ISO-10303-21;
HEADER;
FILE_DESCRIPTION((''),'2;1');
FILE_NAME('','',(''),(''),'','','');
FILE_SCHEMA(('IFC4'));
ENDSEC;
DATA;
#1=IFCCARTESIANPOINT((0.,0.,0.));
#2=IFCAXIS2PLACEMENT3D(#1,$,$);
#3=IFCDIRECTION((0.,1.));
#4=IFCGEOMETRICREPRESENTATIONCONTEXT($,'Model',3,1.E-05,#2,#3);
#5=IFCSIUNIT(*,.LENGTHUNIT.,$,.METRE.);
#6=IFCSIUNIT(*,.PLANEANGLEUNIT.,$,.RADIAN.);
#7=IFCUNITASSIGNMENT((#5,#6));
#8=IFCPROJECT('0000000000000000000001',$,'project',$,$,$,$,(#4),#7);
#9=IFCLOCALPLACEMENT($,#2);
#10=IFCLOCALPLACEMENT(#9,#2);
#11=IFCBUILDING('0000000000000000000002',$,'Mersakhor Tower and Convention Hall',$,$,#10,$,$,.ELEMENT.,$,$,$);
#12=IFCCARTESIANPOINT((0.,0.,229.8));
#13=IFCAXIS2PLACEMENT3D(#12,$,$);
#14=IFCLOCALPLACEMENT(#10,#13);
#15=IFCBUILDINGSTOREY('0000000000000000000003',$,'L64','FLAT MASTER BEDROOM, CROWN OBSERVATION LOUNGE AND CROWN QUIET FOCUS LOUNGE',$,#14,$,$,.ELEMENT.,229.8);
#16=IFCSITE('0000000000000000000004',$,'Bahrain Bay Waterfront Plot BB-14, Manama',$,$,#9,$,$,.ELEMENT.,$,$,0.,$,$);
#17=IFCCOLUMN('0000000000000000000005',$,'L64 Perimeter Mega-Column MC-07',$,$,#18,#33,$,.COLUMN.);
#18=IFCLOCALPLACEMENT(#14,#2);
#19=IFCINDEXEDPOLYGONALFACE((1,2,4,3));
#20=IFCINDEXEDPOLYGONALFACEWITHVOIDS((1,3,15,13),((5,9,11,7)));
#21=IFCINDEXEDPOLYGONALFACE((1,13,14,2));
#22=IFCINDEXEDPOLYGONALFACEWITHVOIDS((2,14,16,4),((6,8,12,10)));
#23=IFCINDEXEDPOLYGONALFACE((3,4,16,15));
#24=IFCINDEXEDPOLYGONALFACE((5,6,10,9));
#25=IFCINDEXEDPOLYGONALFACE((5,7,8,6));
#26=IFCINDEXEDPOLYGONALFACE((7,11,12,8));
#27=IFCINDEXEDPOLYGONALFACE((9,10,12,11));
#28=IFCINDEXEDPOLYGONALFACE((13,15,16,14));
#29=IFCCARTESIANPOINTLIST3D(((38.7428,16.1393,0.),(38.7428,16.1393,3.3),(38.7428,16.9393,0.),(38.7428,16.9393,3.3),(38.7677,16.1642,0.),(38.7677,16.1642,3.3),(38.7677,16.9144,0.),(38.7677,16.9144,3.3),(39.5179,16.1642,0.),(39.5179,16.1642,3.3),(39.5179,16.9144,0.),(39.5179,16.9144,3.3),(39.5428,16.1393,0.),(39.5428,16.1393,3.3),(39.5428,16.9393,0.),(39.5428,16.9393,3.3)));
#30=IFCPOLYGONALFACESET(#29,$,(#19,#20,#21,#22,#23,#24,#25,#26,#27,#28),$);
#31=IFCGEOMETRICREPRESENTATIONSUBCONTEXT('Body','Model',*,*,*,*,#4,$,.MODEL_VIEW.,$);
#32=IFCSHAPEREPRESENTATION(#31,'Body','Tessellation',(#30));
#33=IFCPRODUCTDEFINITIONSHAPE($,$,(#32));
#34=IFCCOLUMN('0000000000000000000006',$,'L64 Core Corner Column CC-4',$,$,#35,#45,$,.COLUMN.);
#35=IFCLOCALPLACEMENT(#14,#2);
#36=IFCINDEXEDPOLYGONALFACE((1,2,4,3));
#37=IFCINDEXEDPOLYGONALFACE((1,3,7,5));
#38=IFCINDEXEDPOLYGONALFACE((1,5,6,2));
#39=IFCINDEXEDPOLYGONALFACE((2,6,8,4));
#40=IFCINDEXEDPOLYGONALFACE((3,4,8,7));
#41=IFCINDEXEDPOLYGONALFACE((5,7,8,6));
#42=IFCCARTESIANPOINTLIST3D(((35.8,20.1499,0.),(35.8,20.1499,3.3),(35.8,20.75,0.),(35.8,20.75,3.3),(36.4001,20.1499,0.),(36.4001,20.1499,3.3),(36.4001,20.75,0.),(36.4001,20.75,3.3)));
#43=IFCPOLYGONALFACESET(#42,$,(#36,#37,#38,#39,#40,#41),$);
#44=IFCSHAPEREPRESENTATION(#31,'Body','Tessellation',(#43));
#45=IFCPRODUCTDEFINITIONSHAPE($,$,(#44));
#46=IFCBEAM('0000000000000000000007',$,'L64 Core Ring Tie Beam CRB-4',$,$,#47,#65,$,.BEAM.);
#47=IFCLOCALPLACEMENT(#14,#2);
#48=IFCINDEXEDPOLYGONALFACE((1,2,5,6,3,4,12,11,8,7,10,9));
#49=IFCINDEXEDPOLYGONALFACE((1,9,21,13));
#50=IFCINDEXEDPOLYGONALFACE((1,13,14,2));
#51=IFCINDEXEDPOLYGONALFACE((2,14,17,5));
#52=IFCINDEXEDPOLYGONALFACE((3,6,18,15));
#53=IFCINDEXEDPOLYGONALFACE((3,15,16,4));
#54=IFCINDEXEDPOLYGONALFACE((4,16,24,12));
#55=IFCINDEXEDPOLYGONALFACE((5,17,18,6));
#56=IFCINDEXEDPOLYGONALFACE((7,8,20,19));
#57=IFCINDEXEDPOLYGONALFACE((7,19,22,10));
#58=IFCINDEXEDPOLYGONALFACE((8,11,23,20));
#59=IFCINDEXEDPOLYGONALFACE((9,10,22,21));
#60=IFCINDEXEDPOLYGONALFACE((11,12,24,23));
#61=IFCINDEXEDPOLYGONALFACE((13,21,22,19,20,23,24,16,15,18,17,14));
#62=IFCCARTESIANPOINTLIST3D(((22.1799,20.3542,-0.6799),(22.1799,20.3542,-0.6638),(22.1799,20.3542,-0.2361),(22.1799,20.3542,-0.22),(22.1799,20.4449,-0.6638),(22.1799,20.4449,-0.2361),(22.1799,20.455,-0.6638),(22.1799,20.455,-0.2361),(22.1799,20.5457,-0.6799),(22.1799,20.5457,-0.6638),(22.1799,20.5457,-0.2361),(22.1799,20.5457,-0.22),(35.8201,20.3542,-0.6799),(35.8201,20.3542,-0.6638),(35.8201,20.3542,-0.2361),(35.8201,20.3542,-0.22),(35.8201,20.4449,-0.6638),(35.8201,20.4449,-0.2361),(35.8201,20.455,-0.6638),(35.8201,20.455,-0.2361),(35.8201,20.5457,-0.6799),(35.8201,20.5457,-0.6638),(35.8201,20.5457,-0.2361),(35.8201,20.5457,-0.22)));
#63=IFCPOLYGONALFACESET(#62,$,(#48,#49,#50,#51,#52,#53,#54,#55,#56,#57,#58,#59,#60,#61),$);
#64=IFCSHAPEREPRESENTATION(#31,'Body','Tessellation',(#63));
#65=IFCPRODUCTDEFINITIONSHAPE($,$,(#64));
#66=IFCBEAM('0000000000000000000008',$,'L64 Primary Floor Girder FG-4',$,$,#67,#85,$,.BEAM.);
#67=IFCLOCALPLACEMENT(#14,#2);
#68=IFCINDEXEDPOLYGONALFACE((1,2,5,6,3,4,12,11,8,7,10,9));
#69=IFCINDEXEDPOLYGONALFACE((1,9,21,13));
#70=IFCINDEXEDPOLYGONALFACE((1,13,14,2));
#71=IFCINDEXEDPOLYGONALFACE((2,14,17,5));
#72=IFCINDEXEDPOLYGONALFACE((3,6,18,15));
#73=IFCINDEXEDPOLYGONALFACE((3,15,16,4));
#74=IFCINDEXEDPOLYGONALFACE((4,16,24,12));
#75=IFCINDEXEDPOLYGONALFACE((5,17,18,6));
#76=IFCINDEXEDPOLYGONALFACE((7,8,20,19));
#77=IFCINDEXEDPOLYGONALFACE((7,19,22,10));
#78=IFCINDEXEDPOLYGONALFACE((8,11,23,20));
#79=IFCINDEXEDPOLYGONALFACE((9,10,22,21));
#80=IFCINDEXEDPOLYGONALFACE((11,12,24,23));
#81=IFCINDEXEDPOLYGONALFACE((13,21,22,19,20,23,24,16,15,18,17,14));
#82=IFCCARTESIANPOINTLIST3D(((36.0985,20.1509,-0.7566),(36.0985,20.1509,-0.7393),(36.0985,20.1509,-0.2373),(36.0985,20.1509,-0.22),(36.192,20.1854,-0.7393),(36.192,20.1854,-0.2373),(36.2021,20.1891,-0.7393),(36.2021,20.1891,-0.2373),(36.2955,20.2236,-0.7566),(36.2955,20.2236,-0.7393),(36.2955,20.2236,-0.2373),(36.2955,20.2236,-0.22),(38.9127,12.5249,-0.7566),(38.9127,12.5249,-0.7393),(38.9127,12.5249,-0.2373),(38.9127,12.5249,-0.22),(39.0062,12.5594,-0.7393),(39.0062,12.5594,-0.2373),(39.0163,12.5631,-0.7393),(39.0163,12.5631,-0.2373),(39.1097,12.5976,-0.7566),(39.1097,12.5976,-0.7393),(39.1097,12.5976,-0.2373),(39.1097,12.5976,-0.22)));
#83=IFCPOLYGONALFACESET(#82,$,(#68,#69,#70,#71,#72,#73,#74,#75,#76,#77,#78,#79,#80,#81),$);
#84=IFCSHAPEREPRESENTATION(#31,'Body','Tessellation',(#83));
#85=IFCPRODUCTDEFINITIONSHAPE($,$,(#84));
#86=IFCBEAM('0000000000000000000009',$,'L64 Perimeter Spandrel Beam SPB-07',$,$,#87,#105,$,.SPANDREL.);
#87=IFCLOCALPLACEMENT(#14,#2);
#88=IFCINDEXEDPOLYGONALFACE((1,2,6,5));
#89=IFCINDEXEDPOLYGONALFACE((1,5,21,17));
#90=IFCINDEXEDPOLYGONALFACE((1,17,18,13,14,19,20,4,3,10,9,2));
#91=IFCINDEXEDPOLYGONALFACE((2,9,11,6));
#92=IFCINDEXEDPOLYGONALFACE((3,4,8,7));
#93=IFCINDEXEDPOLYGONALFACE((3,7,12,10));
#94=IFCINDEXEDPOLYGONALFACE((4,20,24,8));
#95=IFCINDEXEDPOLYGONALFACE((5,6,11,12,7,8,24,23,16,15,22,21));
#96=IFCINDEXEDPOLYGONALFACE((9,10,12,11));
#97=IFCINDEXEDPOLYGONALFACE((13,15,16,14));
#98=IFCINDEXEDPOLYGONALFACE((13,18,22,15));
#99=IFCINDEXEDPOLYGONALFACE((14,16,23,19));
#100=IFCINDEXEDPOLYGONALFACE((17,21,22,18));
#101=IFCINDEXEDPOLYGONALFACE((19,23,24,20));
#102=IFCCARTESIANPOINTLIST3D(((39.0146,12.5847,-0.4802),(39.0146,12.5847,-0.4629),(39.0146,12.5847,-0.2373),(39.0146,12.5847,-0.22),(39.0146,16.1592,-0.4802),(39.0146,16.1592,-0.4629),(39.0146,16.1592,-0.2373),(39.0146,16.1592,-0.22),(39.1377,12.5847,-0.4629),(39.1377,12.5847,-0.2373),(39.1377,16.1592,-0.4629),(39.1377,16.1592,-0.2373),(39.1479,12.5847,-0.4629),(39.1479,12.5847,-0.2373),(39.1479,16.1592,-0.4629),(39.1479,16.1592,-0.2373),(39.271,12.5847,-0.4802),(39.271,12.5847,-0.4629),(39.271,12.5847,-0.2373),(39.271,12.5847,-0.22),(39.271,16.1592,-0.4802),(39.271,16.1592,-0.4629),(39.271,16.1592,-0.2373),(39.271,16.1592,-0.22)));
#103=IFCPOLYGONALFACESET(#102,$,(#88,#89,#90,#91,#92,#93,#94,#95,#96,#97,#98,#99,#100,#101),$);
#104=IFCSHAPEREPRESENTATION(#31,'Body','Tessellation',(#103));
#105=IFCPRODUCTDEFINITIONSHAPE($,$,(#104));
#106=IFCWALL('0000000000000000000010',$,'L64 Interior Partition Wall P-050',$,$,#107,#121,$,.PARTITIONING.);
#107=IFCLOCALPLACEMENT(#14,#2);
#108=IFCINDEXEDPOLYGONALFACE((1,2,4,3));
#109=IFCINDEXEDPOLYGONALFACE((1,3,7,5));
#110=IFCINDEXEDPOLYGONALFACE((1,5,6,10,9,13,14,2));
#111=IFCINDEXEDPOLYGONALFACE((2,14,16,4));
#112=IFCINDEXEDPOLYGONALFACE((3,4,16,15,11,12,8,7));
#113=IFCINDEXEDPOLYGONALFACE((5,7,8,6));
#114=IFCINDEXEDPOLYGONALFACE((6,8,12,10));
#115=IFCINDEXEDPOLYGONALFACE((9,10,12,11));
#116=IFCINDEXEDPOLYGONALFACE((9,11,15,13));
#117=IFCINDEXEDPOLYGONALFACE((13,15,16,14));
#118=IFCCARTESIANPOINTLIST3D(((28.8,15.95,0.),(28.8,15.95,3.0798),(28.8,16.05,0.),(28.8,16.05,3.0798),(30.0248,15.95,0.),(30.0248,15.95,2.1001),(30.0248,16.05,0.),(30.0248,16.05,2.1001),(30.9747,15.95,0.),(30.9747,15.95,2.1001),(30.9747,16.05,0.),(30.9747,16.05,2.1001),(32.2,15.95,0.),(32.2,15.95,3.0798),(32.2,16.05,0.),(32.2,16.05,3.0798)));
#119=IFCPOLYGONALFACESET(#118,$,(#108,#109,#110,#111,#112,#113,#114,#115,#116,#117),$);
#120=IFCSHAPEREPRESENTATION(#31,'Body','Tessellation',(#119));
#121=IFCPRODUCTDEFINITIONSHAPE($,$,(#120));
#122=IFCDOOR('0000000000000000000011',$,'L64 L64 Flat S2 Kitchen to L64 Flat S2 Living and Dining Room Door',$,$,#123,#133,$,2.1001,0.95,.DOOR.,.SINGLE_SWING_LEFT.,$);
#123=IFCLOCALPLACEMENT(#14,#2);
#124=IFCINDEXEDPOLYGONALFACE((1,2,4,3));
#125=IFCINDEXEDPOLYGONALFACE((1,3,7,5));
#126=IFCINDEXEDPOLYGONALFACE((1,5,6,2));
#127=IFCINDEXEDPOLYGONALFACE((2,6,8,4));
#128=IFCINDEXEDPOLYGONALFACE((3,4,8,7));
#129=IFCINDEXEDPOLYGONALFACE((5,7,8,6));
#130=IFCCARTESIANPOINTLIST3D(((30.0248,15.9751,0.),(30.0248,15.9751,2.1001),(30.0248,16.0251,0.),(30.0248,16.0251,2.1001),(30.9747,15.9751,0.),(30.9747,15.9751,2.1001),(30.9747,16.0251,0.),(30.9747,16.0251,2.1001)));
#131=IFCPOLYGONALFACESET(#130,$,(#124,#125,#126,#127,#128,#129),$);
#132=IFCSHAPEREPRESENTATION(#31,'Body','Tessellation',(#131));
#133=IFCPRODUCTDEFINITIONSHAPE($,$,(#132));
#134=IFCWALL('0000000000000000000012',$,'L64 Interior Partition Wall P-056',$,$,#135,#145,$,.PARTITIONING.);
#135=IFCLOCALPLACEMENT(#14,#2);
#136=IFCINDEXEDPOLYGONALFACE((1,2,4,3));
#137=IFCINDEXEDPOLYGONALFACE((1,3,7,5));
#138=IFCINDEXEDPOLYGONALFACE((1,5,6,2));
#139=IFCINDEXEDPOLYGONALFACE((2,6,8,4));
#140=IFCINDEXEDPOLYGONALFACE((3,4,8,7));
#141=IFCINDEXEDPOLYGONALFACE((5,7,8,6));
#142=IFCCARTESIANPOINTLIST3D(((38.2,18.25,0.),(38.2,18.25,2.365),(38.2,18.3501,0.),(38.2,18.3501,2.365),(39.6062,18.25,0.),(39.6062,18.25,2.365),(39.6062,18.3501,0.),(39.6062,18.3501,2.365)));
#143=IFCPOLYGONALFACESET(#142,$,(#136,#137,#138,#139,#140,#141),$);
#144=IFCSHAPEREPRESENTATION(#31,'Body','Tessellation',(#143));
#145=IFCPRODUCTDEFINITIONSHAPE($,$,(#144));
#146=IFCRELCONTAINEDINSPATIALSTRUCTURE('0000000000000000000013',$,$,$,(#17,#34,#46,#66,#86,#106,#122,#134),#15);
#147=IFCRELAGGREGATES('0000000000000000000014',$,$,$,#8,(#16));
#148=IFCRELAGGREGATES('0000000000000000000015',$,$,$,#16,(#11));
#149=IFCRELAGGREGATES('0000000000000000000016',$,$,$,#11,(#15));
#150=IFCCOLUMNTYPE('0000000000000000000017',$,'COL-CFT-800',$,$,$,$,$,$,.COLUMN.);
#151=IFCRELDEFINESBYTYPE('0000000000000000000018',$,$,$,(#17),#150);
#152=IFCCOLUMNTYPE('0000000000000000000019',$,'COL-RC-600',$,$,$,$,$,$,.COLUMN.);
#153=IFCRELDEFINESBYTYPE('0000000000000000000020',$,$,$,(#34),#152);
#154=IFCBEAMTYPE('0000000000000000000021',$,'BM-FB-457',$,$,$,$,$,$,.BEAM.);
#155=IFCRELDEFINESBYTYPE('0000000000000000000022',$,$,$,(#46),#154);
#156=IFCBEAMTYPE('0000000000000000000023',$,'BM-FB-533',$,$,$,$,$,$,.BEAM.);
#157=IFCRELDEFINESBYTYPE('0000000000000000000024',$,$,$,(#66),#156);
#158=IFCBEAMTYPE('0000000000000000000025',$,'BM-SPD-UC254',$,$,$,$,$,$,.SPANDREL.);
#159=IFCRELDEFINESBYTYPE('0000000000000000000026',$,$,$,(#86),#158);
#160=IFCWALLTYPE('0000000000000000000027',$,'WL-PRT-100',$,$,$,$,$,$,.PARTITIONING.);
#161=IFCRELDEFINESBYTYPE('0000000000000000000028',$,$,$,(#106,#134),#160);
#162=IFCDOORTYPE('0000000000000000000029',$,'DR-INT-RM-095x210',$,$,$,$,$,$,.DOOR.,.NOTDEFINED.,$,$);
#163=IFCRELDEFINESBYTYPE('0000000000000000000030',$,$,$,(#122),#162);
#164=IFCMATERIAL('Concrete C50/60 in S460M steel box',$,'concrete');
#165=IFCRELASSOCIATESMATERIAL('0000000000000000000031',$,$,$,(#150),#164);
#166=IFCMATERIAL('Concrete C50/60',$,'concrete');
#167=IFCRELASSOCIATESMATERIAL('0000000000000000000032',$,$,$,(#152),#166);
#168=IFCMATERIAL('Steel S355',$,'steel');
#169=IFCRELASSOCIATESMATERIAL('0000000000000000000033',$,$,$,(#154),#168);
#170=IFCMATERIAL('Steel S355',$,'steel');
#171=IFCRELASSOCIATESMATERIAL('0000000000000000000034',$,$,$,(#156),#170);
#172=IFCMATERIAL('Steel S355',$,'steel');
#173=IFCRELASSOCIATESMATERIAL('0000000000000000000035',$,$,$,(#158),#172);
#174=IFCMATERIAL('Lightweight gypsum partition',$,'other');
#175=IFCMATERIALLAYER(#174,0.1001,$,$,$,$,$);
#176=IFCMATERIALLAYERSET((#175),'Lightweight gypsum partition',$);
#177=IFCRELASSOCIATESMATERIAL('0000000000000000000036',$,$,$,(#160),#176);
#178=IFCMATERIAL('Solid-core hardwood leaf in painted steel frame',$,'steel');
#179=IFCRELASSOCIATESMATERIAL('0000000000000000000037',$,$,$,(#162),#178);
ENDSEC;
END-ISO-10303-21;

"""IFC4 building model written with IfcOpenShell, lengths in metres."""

from ifc_helpers import new_model, si_unit, direction, frame, frame_2d, origin, origin_2d, place, context, subcontext, project, spatial, rectangle, hollow_rectangle, i_section, extrude, material, layer, layer_set, material_profile, profile_set, type_object, element, fill, save


model = new_model("IFC4")

# Units and contexts
model_context = context("Model", 3, precision=1e-05, world=origin(), true_north=direction((0.0, 1.0)))
body_context = subcontext(model_context, "Body", "Model", "MODEL_VIEW")
ifc_project = project(units=[si_unit("LENGTHUNIT", "METRE"), si_unit("PLANEANGLEUNIT", "RADIAN")], contexts=[model_context])

# Site, building, storey
site_placement = place(None, origin())
site = spatial("IfcSite", under=ifc_project, at=site_placement, Name="Bahrain Bay Waterfront Plot BB-14, Manama", CompositionType="ELEMENT", RefElevation=0.0)
building_placement = place(site_placement, origin())
building = spatial("IfcBuilding", under=site, at=building_placement, Name="Mersakhor Tower and Convention Hall", CompositionType="ELEMENT")
storey_placement = place(building_placement, frame((0.0, 0.0, 229.8)))
storey = spatial("IfcBuildingStorey", under=building, at=storey_placement, Name="L64", Description="FLAT MASTER BEDROOM, CROWN OBSERVATION LOUNGE AND CROWN QUIET FOCUS LOUNGE", CompositionType="ELEMENT", Elevation=229.8)

# Columns
ifc_material_1 = material(Name="Concrete C50/60 in S460M steel box", Category="concrete")
ifc_material_profile_1 = material_profile(ifc_material_1, hollow_rectangle(XDim=0.8, YDim=0.8, WallThickness=0.0249, at=origin_2d()), Name="SHS 800x800x25")
ifc_profile_set_1 = profile_set([ifc_material_profile_1], Name="Concrete C50/60 in S460M steel box")
column_type_1 = type_object("IfcColumnType", Name="COL-CFT-800", PredefinedType="COLUMN", material=ifc_profile_set_1)
column_1_placement = place(storey_placement, frame((39.1428, 16.5393, 0.0), z_axis=(0.0, 0.0, 1.0), x_axis=(1.0, 0.0, 0.0)))
element("IfcColumn", 1, at=column_1_placement, inside=storey, type_object=column_type_1, Name="L64 Perimeter Mega-Column MC-07", PredefinedType="COLUMN", context=body_context, shape_type="SweptSolid", body=[
    extrude(hollow_rectangle(XDim=0.8, YDim=0.8, WallThickness=0.0249, at=origin_2d()), origin(), (0.0, 0.0, 1.0), 3.3),
])
ifc_material_2 = material(Name="Concrete C50/60", Category="concrete")
ifc_material_profile_2 = material_profile(ifc_material_2, rectangle(XDim=0.6001, YDim=0.6001, at=origin_2d()), Name="RC 600x600")
ifc_profile_set_2 = profile_set([ifc_material_profile_2], Name="Concrete C50/60")
column_type_2 = type_object("IfcColumnType", Name="COL-RC-600", PredefinedType="COLUMN", material=ifc_profile_set_2)
column_2_placement = place(storey_placement, frame((36.1001, 20.45, 0.0), z_axis=(0.0, 0.0, 1.0), x_axis=(1.0, 0.0, 0.0)))
element("IfcColumn", 2, at=column_2_placement, inside=storey, type_object=column_type_2, Name="L64 Core Corner Column CC-4", PredefinedType="COLUMN", context=body_context, shape_type="SweptSolid", body=[
    extrude(rectangle(XDim=0.6001, YDim=0.6001, at=origin_2d()), origin(), (0.0, 0.0, 1.0), 3.3),
])

# Beams
ifc_material_3 = material(Name="Steel S355", Category="steel")
ifc_material_profile_3 = material_profile(ifc_material_3, i_section(OverallWidth=0.1914, OverallDepth=0.46, WebThickness=0.01, FlangeThickness=0.0161, at=origin_2d()), Name="UB 457x191x82")
ifc_profile_set_3 = profile_set([ifc_material_profile_3], Name="Steel S355")
beam_type_1 = type_object("IfcBeamType", Name="BM-FB-457", PredefinedType="BEAM", material=ifc_profile_set_3)
beam_1_placement = place(storey_placement, frame((35.8201, 20.45, -0.45), z_axis=(-1.0, 0.0, 0.0), x_axis=(0.0, -1.0, 0.0)))
element("IfcBeam", 3, at=beam_1_placement, inside=storey, type_object=beam_type_1, Name="L64 Core Ring Tie Beam CRB-4", PredefinedType="BEAM", context=body_context, shape_type="SweptSolid", body=[
    extrude(i_section(OverallWidth=0.1914, OverallDepth=0.46, WebThickness=0.01, FlangeThickness=0.0161, at=origin_2d()), origin(), (0.0, 0.0, 1.0), 13.6401),
])
ifc_material_4 = material(Name="Steel S355", Category="steel")
ifc_material_profile_4 = material_profile(ifc_material_4, i_section(OverallWidth=0.21, OverallDepth=0.5366, WebThickness=0.0107, FlangeThickness=0.0173, at=origin_2d()), Name="UB 533x210x101")
ifc_profile_set_4 = profile_set([ifc_material_profile_4], Name="Steel S355")
beam_type_2 = type_object("IfcBeamType", Name="BM-FB-533", PredefinedType="BEAM", material=ifc_profile_set_4)
beam_2_placement = place(storey_placement, frame((36.197, 20.1873, -0.4883), z_axis=(0.346208, -0.938158, 0.0), x_axis=(0.938158, 0.346208, 0.0)))
element("IfcBeam", 4, at=beam_2_placement, inside=storey, type_object=beam_type_2, Name="L64 Primary Floor Girder FG-4", PredefinedType="BEAM", context=body_context, shape_type="SweptSolid", body=[
    extrude(i_section(OverallWidth=0.21, OverallDepth=0.5366, WebThickness=0.0107, FlangeThickness=0.0173, at=origin_2d()), origin(), (0.0, 0.0, 1.0), 8.1287),
])
ifc_material_5 = material(Name="Steel S355", Category="steel")
ifc_material_profile_5 = material_profile(ifc_material_5, i_section(OverallWidth=0.2563, OverallDepth=0.2603, WebThickness=0.0103, FlangeThickness=0.0173, at=origin_2d()), Name="UC 254x254x89")
ifc_profile_set_5 = profile_set([ifc_material_profile_5], Name="Steel S355")
beam_type_3 = type_object("IfcBeamType", Name="BM-SPD-UC254", PredefinedType="SPANDREL", material=ifc_profile_set_5)
beam_3_placement = place(storey_placement, frame((39.1428, 16.1592, -0.3501), z_axis=(0.0, -1.0, 0.0), x_axis=(1.0, 0.0, 0.0)))
element("IfcBeam", 5, at=beam_3_placement, inside=storey, type_object=beam_type_3, Name="L64 Perimeter Spandrel Beam SPB-07", PredefinedType="SPANDREL", context=body_context, shape_type="SweptSolid", body=[
    extrude(i_section(OverallWidth=0.2563, OverallDepth=0.2603, WebThickness=0.0103, FlangeThickness=0.0173, at=origin_2d()), origin(), (0.0, 0.0, 1.0), 3.5745),
])

# Wall, opening, door
ifc_material_6 = material(Name="Lightweight gypsum partition", Category="other")
ifc_layer_1 = layer(ifc_material_6, 0.1001)
ifc_layer_set_1 = layer_set([ifc_layer_1], Name="Lightweight gypsum partition")
wall_type_1 = type_object("IfcWallType", Name="WL-PRT-100", PredefinedType="PARTITIONING", material=ifc_layer_set_1)
wall_1_placement = place(storey_placement, frame((32.2, 16.0, 0.0), z_axis=(0.0, 0.0, 1.0), x_axis=(-1.0, 0.0, 0.0)))
wall_1 = element("IfcWall", 6, at=wall_1_placement, inside=storey, type_object=wall_type_1, Name="L64 Interior Partition Wall P-050", PredefinedType="PARTITIONING", context=body_context, shape_type="SweptSolid", body=[
    extrude(rectangle(XDim=3.3999, YDim=0.1001, at=frame_2d((1.7, 0.0))), origin(), (0.0, 0.0, 1.0), 3.0798),
])
opening_1_placement = place(wall_1_placement, frame((1.2251, 0.0, 0.0)))
opening_1 = element("IfcOpeningElement", 7, at=opening_1_placement, cuts=wall_1, PredefinedType="OPENING", context=body_context, shape_type="SweptSolid", body=[
    extrude(rectangle(XDim=0.95, YDim=2.1001, at=frame_2d((0.4751, 1.05))), frame((0.0, 0.0601, 0.0), z_axis=(0.0, -1.0, 0.0), x_axis=(1.0, 0.0, 0.0)), (0.0, 0.0, 1.0), 0.1201),
])
ifc_material_7 = material(Name="Solid-core hardwood leaf in painted steel frame", Category="steel")
door_type_1 = type_object("IfcDoorType", Name="DR-INT-RM-095x210", OperationType="NOTDEFINED", PredefinedType="DOOR", material=ifc_material_7)
door_1_placement = place(opening_1_placement, origin())
door_1 = element("IfcDoor", 8, at=door_1_placement, inside=storey, type_object=door_type_1, Name="L64 L64 Flat S2 Kitchen to L64 Flat S2 Living and Dining Room Door", OperationType="SINGLE_SWING_LEFT", OverallHeight=2.1001, OverallWidth=0.95, PredefinedType="DOOR", context=body_context, shape_type="SweptSolid", body=[
    extrude(rectangle(XDim=0.95, YDim=2.1001, at=frame_2d((0.4751, 1.05))), frame((0.0, 0.0249, 0.0), z_axis=(0.0, -1.0, 0.0), x_axis=(1.0, 0.0, 0.0)), (0.0, 0.0, 1.0), 0.05),
])
fill(opening_1, door_1)

# Wall
wall_2_placement = place(storey_placement, frame((38.2, 18.3, 0.0), z_axis=(0.0, 0.0, 1.0), x_axis=(1.0, 0.0, 0.0)))
element("IfcWall", 9, at=wall_2_placement, inside=storey, type_object=wall_type_1, Name="L64 Interior Partition Wall P-056", PredefinedType="PARTITIONING", context=body_context, shape_type="SweptSolid", body=[
    extrude(rectangle(XDim=1.4062, YDim=0.1001, at=frame_2d((0.7031, 0.0))), origin(), (0.0, 0.0, 1.0), 2.365),
])

save(model, "model.ifc")
